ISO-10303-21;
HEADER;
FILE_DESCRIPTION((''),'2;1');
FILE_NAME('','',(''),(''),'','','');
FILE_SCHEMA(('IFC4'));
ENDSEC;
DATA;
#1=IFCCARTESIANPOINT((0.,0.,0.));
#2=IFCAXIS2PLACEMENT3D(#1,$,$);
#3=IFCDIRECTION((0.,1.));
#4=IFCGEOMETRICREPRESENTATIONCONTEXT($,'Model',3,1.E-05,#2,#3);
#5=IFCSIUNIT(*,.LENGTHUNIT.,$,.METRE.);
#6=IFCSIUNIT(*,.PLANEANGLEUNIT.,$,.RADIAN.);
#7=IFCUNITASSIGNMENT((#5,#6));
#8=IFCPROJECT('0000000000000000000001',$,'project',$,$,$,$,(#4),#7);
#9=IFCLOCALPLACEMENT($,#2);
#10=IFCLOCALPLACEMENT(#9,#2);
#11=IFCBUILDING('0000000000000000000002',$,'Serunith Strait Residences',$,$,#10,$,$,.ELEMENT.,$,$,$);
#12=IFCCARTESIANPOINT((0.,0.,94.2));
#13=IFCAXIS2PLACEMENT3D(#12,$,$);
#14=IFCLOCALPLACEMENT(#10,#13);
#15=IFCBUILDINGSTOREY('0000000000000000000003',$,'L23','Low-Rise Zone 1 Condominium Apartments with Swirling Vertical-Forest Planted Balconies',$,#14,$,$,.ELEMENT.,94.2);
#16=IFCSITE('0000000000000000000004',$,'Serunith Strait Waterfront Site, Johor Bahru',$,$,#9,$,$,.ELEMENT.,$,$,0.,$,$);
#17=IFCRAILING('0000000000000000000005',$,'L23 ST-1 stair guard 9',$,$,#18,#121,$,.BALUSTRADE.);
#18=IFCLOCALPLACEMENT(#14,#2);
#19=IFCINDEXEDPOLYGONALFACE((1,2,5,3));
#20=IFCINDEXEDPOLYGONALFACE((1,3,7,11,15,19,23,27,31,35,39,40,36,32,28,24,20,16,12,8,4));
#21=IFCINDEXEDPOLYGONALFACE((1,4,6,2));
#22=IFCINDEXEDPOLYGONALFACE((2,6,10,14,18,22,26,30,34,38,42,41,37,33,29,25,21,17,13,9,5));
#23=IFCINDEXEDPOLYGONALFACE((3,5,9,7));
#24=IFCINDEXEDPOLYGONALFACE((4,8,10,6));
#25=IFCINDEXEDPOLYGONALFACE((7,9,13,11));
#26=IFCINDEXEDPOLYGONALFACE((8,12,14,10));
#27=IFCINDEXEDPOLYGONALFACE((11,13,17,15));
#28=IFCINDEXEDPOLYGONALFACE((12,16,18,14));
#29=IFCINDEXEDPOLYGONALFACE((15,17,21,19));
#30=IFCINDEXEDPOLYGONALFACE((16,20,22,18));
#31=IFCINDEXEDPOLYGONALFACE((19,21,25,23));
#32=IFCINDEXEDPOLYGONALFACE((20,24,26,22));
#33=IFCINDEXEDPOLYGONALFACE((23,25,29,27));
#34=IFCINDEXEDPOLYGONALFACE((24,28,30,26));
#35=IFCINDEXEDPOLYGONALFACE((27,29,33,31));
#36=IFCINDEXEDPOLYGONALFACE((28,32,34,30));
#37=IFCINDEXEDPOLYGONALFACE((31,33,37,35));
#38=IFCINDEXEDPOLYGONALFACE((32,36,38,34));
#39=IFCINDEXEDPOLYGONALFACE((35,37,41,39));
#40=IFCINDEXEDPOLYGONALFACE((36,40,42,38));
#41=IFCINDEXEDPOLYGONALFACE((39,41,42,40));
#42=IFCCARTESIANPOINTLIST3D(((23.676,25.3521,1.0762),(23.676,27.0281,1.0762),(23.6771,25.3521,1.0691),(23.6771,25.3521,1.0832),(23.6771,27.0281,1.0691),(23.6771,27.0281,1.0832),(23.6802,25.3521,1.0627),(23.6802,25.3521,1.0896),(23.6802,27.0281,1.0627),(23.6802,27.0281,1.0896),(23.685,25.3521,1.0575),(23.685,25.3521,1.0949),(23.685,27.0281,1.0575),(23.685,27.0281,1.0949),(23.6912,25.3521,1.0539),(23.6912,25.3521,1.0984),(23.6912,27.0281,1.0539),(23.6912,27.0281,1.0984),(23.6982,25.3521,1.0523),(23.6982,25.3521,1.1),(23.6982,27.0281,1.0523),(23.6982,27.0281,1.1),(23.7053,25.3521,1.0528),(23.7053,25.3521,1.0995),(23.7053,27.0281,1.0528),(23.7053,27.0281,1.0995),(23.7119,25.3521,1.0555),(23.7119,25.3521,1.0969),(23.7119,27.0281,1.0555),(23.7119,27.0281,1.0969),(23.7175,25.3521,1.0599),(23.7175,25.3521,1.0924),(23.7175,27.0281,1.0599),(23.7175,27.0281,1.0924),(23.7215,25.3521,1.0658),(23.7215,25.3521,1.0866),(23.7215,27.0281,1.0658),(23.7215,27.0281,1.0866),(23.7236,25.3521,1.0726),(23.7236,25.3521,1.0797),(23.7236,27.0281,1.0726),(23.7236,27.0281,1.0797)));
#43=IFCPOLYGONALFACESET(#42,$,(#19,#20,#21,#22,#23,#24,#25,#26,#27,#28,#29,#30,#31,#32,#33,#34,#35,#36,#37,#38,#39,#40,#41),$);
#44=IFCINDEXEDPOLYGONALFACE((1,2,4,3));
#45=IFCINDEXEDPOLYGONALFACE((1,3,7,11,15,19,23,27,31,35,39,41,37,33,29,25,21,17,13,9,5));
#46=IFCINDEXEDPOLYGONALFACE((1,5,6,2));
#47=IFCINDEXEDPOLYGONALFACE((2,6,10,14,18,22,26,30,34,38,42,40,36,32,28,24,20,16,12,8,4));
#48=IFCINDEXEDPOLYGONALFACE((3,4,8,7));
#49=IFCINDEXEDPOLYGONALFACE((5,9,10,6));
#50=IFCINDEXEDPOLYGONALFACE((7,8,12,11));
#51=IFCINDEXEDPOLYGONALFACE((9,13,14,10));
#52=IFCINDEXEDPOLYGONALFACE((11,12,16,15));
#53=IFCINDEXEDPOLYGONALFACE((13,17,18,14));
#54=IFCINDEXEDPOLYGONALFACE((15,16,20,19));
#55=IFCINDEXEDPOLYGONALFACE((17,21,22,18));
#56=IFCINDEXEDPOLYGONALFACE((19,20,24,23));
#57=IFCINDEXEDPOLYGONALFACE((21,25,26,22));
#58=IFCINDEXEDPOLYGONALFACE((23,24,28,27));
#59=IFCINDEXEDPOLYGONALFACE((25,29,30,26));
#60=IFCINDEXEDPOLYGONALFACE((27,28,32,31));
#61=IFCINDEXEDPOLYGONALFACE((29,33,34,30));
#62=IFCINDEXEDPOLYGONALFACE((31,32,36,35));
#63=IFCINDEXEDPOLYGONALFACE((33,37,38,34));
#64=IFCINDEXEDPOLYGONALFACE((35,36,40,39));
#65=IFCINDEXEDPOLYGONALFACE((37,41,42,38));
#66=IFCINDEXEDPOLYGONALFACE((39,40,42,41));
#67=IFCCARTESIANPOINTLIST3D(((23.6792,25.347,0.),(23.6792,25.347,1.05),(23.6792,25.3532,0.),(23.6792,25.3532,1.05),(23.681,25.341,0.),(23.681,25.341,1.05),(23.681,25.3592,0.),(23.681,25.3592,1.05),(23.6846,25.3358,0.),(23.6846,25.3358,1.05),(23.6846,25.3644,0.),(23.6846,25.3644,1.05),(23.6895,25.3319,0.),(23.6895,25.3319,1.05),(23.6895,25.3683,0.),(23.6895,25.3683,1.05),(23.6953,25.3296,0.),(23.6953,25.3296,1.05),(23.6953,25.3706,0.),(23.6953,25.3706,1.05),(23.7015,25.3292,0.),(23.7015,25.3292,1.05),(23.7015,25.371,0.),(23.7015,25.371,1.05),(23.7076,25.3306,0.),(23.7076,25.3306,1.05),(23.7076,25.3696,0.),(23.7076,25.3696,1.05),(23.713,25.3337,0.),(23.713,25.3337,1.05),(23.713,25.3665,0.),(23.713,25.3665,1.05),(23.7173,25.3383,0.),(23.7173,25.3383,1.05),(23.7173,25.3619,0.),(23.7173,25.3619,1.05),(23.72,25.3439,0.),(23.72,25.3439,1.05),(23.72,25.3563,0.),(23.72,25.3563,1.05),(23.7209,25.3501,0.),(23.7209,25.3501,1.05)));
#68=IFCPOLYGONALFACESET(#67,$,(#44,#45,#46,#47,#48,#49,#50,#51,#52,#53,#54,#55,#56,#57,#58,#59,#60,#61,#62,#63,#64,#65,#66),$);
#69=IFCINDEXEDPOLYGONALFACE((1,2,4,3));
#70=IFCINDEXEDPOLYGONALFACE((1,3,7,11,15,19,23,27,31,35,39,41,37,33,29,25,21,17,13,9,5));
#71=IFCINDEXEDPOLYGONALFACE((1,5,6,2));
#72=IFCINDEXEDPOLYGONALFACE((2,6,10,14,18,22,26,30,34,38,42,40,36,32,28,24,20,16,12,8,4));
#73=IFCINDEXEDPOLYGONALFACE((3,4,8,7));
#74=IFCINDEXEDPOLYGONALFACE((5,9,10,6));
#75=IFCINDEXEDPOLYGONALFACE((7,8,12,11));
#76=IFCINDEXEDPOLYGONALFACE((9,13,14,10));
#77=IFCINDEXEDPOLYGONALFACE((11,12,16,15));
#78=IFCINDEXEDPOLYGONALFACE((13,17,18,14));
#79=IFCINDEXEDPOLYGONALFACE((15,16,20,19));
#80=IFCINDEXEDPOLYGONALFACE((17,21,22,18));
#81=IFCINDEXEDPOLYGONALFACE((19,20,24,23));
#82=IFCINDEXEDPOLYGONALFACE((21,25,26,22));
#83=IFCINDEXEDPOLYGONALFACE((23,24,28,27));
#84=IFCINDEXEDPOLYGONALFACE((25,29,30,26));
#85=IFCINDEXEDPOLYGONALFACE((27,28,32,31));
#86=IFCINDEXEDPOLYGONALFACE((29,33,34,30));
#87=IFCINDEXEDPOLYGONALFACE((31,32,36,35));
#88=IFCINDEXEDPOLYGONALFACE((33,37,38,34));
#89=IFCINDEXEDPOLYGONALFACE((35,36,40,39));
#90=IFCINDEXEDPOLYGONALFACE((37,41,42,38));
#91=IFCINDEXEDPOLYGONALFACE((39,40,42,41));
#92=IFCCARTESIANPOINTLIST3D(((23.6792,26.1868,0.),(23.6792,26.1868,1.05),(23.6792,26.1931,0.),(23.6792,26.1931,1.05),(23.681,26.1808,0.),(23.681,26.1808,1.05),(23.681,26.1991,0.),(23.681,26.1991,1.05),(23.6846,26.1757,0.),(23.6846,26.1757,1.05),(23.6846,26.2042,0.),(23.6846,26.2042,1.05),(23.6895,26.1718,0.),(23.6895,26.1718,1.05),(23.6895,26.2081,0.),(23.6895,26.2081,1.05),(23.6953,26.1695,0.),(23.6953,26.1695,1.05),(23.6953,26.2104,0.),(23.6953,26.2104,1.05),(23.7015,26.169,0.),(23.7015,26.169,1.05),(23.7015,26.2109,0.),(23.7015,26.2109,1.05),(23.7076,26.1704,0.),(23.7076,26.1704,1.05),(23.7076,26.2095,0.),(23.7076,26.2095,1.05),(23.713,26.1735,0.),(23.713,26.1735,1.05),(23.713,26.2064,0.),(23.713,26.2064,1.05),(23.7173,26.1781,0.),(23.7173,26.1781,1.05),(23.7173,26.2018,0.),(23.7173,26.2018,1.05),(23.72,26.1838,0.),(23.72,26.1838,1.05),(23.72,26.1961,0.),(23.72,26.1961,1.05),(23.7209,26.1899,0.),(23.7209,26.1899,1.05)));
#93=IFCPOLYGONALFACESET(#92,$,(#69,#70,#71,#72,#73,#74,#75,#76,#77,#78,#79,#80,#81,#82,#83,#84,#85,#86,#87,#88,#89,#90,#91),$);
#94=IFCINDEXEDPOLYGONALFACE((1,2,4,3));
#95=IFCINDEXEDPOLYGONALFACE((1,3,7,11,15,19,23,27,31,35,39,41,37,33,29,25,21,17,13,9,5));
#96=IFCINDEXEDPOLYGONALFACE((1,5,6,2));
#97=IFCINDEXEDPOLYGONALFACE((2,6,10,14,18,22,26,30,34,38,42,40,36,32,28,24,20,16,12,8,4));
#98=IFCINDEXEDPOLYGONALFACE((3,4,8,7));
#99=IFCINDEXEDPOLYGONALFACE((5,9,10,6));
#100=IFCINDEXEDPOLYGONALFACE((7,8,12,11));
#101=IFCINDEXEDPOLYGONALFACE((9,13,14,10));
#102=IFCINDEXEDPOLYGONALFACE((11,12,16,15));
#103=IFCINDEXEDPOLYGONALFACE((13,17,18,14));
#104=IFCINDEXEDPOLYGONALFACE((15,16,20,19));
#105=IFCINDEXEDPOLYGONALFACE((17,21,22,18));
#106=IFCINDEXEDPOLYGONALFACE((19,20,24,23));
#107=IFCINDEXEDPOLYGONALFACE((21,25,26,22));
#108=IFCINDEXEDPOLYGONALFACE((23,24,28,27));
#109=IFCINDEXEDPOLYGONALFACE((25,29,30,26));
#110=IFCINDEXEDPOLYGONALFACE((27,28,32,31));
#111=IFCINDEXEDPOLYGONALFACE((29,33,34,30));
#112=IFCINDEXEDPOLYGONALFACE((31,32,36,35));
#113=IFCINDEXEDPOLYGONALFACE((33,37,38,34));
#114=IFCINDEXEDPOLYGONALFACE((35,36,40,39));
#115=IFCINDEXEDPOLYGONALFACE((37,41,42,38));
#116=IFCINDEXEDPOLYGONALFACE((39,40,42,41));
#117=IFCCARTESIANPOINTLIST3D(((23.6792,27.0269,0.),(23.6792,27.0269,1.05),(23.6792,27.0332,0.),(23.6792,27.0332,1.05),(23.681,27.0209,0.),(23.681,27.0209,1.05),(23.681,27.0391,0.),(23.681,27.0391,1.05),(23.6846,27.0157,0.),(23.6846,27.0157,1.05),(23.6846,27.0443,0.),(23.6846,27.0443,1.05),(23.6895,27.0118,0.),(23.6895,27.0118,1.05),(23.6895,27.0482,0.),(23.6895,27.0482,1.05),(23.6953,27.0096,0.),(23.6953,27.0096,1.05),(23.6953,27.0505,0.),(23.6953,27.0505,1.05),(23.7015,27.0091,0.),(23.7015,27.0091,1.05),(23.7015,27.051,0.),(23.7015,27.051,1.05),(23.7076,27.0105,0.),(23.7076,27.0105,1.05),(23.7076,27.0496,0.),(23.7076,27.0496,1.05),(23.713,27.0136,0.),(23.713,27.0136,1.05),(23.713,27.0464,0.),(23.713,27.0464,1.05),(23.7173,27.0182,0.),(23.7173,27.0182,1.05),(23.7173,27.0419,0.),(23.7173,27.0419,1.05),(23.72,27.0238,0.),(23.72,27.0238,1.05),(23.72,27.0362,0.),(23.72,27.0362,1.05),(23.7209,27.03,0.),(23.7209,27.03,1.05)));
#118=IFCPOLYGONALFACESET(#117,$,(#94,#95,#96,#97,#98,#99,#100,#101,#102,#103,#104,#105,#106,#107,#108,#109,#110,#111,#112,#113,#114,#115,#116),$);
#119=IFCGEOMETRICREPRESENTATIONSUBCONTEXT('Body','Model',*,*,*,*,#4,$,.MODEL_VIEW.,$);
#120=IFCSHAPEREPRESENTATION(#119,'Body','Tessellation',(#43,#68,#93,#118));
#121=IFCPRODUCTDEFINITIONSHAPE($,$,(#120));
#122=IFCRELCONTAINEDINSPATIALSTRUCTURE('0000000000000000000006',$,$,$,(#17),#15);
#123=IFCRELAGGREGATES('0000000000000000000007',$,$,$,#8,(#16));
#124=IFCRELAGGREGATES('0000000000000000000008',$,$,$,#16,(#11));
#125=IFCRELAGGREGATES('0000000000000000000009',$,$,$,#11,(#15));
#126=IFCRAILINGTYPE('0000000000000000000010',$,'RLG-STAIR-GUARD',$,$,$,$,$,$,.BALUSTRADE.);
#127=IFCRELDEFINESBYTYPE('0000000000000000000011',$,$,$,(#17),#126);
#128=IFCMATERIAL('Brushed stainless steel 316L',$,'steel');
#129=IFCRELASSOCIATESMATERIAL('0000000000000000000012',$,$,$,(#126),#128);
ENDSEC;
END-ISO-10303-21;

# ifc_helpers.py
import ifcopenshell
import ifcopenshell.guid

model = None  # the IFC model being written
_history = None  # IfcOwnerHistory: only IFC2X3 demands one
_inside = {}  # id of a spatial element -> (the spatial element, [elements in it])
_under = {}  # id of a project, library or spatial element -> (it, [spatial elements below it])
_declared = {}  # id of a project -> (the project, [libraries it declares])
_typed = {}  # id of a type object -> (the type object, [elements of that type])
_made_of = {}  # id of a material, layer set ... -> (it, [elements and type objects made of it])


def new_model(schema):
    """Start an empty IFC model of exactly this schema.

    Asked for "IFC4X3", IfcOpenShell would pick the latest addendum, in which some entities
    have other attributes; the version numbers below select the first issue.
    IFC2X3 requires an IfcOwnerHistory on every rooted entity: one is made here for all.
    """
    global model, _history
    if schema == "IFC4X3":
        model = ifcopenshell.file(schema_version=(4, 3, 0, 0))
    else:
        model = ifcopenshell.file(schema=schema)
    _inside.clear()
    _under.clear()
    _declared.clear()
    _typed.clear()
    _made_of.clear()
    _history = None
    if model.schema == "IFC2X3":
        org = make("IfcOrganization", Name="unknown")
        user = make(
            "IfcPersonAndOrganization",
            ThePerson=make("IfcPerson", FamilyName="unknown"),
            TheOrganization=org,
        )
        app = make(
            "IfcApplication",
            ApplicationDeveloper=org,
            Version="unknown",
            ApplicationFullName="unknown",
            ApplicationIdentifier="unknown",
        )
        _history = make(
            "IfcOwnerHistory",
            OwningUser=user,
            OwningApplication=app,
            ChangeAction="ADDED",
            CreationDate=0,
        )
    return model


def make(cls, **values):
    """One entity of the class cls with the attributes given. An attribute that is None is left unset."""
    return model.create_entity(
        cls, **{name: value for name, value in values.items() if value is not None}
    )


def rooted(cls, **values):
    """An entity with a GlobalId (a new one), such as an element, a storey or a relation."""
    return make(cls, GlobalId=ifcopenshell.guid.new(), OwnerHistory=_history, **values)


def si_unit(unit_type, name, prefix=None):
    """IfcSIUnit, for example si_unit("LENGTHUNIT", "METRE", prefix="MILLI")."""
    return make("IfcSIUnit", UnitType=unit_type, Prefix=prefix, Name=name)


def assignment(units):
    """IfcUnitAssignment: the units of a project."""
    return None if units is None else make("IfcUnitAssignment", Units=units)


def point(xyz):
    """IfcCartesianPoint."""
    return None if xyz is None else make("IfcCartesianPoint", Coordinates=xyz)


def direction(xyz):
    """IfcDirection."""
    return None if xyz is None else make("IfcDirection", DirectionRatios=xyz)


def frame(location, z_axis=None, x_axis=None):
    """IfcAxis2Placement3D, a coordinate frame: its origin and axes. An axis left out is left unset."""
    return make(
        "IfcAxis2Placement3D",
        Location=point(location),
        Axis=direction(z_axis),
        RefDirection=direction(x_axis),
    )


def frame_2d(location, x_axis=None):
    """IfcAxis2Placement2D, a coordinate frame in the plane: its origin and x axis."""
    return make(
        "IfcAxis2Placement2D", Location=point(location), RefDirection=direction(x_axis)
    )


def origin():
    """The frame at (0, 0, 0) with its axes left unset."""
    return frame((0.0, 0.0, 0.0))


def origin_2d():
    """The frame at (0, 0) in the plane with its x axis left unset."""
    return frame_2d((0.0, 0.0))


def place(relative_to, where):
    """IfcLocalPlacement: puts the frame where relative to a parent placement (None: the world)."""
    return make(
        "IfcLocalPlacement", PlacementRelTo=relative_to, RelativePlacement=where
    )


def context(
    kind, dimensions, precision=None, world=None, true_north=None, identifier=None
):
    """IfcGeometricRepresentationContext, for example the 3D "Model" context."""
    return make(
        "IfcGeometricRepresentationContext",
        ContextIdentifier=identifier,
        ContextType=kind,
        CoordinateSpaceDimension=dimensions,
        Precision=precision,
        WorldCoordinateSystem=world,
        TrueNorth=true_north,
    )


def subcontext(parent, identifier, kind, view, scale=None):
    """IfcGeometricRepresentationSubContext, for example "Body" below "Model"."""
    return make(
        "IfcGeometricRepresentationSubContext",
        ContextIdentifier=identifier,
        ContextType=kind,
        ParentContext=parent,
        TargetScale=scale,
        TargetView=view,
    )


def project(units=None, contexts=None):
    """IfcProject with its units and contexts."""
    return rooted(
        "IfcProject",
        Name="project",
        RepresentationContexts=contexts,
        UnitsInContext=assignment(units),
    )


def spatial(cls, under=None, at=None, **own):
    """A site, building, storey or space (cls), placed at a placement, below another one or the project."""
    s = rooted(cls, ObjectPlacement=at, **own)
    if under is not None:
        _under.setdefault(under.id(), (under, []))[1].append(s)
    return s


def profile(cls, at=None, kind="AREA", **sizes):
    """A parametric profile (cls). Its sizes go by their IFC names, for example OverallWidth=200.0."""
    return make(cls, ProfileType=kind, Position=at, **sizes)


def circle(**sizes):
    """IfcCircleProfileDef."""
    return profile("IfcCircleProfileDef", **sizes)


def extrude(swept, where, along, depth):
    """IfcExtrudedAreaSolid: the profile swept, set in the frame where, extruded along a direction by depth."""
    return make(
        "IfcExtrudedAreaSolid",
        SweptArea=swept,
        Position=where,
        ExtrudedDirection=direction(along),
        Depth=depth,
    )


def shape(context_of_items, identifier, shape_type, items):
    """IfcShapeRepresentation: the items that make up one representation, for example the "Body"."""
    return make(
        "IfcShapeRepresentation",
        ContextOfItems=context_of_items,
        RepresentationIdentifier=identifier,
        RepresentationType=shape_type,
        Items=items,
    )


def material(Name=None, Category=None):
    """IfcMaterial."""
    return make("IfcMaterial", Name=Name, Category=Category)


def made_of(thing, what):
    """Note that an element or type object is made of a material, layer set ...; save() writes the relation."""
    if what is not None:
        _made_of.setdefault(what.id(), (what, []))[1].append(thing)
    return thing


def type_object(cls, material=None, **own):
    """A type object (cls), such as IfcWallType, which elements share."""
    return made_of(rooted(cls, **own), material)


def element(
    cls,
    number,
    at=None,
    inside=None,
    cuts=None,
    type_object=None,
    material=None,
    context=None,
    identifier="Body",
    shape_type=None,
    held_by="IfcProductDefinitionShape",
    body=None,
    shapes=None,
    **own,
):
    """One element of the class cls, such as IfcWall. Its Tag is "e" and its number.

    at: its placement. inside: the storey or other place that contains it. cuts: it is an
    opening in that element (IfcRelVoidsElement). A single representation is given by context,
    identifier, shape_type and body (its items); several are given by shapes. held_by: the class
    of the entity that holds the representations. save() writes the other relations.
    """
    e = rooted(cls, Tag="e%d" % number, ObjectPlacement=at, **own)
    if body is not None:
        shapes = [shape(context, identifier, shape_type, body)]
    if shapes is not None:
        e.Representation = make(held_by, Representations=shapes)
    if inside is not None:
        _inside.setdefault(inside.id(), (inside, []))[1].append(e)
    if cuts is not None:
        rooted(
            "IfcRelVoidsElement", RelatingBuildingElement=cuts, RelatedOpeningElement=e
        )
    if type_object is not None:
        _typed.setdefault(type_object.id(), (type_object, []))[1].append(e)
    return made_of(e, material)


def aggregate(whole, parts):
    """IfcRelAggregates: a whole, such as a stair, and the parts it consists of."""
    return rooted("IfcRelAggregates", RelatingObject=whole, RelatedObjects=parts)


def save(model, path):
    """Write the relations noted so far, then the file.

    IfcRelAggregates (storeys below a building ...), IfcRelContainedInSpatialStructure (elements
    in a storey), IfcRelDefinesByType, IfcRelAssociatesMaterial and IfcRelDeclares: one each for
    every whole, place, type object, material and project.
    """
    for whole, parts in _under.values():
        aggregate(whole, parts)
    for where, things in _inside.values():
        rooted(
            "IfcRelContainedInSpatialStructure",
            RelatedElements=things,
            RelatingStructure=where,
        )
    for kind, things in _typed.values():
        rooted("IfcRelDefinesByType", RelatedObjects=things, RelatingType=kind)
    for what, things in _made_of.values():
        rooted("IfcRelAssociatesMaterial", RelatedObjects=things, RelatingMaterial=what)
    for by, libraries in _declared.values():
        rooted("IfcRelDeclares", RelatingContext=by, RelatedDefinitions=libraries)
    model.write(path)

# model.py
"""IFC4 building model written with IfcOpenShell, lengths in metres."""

from ifc_helpers import new_model, si_unit, direction, frame, origin, origin_2d, place, context, subcontext, project, spatial, circle, extrude, material, type_object, element, save


model = new_model("IFC4")

# Units and contexts
model_context = context("Model", 3, precision=1e-05, world=origin(), true_north=direction((0.0, 1.0)))
body_context = subcontext(model_context, "Body", "Model", "MODEL_VIEW")
ifc_project = project(units=[si_unit("LENGTHUNIT", "METRE"), si_unit("PLANEANGLEUNIT", "RADIAN")], contexts=[model_context])

# Site, building, storey
site_placement = place(None, origin())
site = spatial("IfcSite", under=ifc_project, at=site_placement, Name="Serunith Strait Waterfront Site, Johor Bahru", CompositionType="ELEMENT", RefElevation=0.0)
building_placement = place(site_placement, origin())
building = spatial("IfcBuilding", under=site, at=building_placement, Name="Serunith Strait Residences", CompositionType="ELEMENT")
storey_placement = place(building_placement, frame((0.0, 0.0, 94.2)))
storey = spatial("IfcBuildingStorey", under=building, at=storey_placement, Name="L23", Description="Low-Rise Zone 1 Condominium Apartments with Swirling Vertical-Forest Planted Balconies", CompositionType="ELEMENT", Elevation=94.2)

# Railing
ifc_material_1 = material(Name="Brushed stainless steel 316L", Category="steel")
railing_type_1 = type_object("IfcRailingType", Name="RLG-STAIR-GUARD", PredefinedType="BALUSTRADE", material=ifc_material_1)
for number, where, name in (
    (1, (23.7, 25.3501, 0.0), "L23 ST-1 stair guard 9"),
):
    element("IfcRailing", number, at=place(storey_placement, frame(where)), inside=storey, type_object=railing_type_1, Name=name, PredefinedType="BALUSTRADE", context=body_context, shape_type="SweptSolid", body=[
        extrude(circle(Radius=0.0239, at=origin_2d()), frame((0.0, 0.002, 1.0762), z_axis=(0.0, 1.0, 0.0), x_axis=(-1.0, 0.0, 0.0)), (0.0, 0.0, 1.0), 1.676),
        extrude(circle(Radius=0.021, at=origin_2d()), origin(), (0.0, 0.0, 1.0), 1.05),
        extrude(circle(Radius=0.021, at=origin_2d()), frame((0.0, 0.8398, 0.0)), (0.0, 0.0, 1.0), 1.05),
        extrude(circle(Radius=0.021, at=origin_2d()), frame((0.0, 1.6799, 0.0)), (0.0, 0.0, 1.0), 1.05),
    ])

save(model, "model.ifc")
